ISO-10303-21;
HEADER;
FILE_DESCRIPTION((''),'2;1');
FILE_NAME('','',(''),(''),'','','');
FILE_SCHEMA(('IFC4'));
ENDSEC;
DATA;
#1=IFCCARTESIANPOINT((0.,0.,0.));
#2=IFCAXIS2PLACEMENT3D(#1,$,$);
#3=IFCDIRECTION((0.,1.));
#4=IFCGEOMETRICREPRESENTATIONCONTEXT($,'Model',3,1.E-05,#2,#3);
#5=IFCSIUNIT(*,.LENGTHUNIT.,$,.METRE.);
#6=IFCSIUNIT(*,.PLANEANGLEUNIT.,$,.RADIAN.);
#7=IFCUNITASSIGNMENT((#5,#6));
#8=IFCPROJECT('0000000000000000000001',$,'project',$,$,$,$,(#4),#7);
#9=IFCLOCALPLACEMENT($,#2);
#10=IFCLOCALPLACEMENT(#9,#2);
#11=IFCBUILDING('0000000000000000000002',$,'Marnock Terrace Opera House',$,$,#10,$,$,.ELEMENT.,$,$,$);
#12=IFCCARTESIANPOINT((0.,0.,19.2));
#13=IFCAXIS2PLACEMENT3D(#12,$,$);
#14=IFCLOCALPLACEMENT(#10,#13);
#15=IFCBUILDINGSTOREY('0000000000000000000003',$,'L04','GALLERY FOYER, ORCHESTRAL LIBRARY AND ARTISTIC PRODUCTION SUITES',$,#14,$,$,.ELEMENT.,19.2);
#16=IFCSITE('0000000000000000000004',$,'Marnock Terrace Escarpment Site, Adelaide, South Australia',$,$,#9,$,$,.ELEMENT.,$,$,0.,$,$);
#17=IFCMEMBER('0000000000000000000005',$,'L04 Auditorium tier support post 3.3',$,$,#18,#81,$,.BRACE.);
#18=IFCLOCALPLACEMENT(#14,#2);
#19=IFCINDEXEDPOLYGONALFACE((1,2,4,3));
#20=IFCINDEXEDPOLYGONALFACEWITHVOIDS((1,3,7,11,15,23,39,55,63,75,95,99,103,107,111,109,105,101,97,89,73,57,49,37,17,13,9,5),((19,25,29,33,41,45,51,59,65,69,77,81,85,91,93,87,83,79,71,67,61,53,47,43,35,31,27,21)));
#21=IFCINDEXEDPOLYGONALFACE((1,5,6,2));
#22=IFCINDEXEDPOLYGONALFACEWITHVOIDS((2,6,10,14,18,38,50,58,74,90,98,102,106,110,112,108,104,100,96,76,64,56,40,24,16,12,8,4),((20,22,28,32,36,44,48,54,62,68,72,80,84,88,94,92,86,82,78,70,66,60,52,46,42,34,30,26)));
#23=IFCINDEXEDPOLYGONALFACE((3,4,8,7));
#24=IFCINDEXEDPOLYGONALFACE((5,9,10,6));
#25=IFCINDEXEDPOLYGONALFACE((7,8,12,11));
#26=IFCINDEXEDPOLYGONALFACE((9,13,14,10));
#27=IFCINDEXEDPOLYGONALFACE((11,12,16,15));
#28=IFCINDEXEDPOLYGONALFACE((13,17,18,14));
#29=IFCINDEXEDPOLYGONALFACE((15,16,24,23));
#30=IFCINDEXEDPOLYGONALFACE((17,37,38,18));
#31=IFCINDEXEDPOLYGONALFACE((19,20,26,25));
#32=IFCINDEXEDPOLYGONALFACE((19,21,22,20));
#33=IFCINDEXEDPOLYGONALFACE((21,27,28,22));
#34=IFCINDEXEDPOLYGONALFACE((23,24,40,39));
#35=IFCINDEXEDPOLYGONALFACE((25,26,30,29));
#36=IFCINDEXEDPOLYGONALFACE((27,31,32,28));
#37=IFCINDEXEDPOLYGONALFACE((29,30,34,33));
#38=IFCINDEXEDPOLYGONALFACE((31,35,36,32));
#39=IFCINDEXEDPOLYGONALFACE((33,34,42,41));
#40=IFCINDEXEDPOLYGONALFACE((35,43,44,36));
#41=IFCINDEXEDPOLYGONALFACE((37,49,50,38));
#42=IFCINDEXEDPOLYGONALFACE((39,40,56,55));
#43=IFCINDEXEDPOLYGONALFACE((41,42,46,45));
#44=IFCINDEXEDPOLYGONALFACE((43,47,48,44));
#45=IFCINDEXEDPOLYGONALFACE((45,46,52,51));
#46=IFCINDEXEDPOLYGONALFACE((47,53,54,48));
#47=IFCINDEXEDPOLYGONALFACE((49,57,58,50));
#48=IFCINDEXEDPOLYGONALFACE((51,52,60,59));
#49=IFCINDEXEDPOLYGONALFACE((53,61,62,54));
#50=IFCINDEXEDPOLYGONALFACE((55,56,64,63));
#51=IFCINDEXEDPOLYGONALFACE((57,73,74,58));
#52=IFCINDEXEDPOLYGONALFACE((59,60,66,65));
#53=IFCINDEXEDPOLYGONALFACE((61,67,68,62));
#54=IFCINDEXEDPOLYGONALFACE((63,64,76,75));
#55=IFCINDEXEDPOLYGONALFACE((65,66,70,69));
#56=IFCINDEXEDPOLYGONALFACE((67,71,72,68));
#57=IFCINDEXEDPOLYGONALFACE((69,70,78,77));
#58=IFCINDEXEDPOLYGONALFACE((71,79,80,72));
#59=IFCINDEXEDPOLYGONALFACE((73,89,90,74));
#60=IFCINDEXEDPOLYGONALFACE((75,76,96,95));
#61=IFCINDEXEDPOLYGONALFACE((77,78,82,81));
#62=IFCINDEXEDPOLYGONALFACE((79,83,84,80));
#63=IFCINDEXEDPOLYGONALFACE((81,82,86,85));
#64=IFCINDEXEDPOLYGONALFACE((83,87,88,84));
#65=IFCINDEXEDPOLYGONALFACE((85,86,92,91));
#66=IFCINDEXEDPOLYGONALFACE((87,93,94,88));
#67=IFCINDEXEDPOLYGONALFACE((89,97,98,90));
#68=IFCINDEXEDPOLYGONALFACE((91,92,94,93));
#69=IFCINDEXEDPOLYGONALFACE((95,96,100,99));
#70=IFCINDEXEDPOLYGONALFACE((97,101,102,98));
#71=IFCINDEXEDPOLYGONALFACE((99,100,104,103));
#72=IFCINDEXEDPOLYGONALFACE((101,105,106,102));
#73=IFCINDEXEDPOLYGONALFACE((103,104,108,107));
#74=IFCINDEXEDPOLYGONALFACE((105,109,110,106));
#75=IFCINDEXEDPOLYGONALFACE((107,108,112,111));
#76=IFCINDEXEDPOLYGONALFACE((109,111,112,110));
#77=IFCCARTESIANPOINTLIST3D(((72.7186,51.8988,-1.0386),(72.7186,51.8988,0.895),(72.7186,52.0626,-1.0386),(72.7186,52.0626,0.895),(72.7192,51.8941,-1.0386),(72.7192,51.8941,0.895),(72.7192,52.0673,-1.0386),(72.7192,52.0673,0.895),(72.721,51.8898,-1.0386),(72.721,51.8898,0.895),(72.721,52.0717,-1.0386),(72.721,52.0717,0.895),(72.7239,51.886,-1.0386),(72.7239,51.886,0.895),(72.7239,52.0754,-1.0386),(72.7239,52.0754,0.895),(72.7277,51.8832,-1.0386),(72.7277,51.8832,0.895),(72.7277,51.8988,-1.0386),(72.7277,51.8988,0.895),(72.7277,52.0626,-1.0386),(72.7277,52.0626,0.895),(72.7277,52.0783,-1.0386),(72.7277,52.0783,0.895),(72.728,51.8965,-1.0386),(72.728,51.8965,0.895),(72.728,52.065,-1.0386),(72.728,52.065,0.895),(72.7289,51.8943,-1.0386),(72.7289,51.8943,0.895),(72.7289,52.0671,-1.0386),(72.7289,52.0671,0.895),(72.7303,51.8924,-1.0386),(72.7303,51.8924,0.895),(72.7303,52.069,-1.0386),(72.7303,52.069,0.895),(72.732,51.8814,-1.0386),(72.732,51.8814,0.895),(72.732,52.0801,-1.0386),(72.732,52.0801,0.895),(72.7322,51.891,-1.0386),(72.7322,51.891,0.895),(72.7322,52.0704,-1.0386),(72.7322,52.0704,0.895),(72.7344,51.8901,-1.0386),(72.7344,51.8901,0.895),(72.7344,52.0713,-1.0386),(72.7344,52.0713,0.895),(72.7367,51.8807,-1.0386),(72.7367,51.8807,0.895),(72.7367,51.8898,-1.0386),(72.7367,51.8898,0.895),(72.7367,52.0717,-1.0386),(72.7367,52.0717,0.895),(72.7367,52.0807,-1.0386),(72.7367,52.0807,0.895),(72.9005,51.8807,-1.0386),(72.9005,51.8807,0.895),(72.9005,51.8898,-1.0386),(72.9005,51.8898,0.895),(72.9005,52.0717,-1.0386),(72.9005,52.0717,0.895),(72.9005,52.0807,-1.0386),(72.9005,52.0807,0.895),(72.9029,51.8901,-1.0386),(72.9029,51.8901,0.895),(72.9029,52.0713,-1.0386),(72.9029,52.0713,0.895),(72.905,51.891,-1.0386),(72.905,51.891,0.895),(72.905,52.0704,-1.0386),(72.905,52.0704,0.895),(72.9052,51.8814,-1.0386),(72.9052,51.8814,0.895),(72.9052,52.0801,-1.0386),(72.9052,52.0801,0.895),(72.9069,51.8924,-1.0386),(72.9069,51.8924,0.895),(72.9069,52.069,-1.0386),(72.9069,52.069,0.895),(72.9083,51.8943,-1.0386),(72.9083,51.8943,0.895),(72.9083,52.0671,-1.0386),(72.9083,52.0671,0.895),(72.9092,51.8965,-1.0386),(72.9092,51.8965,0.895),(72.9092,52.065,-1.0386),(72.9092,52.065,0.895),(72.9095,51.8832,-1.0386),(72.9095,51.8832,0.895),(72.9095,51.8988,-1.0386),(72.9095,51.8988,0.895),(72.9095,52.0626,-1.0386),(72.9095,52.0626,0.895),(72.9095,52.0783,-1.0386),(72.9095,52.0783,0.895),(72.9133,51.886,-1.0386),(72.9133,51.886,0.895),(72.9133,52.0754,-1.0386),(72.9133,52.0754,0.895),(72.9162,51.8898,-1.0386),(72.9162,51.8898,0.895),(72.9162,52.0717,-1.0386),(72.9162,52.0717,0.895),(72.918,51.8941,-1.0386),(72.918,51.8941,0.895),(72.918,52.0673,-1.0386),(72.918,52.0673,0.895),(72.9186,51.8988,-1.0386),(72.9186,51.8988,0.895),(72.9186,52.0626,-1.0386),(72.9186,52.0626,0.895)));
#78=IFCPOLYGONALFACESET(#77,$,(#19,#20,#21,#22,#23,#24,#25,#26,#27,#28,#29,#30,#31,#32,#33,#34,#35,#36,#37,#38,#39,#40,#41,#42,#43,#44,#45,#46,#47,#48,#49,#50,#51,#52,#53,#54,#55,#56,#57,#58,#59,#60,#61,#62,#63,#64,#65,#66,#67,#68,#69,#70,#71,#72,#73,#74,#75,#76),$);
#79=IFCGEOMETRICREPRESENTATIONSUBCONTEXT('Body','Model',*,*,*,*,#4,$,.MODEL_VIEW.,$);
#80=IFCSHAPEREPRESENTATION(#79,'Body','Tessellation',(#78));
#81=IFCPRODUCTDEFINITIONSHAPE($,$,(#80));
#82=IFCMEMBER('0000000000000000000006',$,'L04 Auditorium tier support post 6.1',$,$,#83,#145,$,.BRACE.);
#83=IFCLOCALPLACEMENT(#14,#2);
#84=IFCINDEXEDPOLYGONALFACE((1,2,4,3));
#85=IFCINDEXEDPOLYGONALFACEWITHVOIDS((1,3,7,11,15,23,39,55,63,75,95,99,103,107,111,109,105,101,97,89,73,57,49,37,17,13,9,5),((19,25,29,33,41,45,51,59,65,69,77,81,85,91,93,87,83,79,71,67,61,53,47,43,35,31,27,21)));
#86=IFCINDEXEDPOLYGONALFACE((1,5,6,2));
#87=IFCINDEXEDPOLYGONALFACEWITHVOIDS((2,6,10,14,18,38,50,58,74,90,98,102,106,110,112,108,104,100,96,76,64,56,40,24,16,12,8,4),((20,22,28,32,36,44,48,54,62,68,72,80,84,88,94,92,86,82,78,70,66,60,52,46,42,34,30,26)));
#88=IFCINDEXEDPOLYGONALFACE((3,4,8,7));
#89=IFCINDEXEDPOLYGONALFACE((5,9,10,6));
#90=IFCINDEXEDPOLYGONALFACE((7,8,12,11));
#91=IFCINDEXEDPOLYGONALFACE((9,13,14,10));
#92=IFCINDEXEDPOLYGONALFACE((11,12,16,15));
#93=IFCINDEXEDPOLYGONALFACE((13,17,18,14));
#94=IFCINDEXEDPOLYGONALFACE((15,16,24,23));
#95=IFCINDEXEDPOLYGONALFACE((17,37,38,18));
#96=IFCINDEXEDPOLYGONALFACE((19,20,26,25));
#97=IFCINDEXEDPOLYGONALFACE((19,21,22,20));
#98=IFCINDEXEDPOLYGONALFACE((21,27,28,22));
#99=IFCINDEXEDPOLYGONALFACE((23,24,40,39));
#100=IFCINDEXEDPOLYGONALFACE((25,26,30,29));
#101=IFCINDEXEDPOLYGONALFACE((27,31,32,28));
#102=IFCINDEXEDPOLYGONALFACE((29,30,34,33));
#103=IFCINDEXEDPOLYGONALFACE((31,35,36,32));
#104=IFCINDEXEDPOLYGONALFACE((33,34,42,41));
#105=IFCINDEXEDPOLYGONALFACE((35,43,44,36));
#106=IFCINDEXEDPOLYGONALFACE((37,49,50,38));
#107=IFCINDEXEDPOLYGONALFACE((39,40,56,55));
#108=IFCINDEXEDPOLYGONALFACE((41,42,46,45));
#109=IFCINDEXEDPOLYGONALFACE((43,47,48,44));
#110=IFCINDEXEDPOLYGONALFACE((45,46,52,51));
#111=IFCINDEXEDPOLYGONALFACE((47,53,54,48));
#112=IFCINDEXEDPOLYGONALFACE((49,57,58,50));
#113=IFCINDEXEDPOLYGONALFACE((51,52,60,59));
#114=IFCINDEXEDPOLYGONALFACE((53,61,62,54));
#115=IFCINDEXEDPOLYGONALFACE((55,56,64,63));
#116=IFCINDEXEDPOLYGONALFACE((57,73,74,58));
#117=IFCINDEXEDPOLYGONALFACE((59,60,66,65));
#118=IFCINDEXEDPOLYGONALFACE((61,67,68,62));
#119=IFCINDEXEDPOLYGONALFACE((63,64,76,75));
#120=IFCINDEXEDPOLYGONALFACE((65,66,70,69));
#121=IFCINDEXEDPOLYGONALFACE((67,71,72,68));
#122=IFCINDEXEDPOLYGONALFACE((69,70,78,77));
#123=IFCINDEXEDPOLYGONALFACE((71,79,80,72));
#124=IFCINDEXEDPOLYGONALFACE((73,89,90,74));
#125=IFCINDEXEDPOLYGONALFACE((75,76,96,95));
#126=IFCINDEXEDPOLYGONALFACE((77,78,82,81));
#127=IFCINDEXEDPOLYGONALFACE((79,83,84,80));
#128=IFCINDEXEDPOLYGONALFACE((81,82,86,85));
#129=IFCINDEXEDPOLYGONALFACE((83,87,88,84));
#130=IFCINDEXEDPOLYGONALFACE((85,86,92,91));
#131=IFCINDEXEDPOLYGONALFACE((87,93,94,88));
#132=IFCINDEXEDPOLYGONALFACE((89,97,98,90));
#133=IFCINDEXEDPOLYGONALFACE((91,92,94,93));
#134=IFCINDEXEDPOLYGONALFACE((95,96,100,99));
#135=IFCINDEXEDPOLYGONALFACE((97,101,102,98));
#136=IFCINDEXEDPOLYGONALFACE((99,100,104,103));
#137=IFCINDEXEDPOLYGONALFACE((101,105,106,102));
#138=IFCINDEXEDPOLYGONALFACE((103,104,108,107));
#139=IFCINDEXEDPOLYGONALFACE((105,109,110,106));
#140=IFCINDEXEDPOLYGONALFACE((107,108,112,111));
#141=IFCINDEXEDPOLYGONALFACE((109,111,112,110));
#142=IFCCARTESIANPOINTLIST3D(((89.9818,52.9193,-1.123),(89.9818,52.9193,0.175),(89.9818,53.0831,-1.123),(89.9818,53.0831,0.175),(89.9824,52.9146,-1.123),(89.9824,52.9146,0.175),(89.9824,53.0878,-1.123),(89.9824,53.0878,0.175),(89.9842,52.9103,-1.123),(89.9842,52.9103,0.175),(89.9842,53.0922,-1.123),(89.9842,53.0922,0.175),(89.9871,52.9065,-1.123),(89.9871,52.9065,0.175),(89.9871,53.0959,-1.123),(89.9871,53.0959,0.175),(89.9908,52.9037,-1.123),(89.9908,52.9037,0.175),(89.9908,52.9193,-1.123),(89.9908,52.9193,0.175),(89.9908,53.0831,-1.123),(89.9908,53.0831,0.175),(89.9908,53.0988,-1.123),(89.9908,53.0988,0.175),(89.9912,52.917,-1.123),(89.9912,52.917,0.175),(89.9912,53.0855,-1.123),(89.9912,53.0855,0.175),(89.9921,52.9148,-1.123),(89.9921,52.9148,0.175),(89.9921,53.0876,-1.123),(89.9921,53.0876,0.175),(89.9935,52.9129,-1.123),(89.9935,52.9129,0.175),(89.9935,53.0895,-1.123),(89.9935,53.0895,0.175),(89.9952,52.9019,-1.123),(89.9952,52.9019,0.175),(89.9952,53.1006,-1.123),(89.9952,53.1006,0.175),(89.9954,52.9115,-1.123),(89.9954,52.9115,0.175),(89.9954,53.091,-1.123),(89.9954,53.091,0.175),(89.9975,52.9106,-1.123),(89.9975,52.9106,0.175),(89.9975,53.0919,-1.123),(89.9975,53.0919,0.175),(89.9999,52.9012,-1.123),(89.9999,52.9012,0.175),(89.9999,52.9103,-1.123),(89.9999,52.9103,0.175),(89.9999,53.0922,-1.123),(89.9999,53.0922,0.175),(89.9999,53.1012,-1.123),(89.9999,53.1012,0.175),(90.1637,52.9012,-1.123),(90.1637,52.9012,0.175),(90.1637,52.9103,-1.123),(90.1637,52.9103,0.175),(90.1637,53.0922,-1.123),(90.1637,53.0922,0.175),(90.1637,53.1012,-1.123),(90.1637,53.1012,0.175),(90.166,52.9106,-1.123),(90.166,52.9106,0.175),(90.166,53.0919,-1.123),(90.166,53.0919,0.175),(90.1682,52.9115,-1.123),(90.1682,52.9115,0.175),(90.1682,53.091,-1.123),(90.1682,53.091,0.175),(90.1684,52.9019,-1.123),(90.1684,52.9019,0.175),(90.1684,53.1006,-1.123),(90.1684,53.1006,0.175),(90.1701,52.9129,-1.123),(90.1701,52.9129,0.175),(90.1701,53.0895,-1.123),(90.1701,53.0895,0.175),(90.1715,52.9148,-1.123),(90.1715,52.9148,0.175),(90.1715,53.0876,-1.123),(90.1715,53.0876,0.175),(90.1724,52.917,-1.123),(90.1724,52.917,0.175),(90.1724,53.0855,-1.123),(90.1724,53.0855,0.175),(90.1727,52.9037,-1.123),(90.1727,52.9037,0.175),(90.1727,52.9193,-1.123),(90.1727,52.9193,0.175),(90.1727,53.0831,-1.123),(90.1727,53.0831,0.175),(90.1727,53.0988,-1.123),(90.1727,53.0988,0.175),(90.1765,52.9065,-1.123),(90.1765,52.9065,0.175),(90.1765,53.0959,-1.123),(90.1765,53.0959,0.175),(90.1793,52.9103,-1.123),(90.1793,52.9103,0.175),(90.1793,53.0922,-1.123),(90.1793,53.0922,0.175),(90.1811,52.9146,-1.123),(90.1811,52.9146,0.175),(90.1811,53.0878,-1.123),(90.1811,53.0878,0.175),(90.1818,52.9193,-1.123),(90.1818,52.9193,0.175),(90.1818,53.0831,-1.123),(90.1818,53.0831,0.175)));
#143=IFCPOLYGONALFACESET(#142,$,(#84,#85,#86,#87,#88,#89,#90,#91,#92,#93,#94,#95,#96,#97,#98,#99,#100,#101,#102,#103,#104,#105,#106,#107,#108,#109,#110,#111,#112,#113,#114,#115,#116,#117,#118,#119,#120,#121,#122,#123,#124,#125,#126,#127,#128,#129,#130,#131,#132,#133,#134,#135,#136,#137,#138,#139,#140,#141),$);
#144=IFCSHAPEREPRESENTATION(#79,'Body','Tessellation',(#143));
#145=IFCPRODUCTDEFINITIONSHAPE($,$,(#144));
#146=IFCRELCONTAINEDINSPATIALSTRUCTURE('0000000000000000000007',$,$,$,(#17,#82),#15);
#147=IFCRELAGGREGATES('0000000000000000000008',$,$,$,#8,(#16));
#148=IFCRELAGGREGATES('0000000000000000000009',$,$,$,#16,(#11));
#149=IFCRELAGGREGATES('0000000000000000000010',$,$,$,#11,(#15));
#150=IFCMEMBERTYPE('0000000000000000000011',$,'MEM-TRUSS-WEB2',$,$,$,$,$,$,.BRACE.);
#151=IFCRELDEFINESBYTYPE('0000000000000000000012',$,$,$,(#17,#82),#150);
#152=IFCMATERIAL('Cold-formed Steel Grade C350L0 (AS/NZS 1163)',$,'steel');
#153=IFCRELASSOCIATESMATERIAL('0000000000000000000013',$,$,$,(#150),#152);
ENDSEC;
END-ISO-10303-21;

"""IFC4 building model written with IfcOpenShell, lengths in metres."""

from ifc_helpers import new_model, si_unit, direction, frame, origin, origin_2d, place, context, subcontext, project, spatial, hollow_rectangle, extrude, material, material_profile, profile_set, type_object, element, save


model = new_model("IFC4")

# Units and contexts
model_context = context("Model", 3, precision=1e-05, world=origin(), true_north=direction((0.0, 1.0)))
body_context = subcontext(model_context, "Body", "Model", "MODEL_VIEW")
ifc_project = project(units=[si_unit("LENGTHUNIT", "METRE"), si_unit("PLANEANGLEUNIT", "RADIAN")], contexts=[model_context])

# Site, building, storey
site_placement = place(None, origin())
site = spatial("IfcSite", under=ifc_project, at=site_placement, Name="Marnock Terrace Escarpment Site, Adelaide, South Australia", CompositionType="ELEMENT", RefElevation=0.0)
building_placement = place(site_placement, origin())
building = spatial("IfcBuilding", under=site, at=building_placement, Name="Marnock Terrace Opera House", CompositionType="ELEMENT")
storey_placement = place(building_placement, frame((0.0, 0.0, 19.2)))
storey = spatial("IfcBuildingStorey", under=building, at=storey_placement, Name="L04", Description="GALLERY FOYER, ORCHESTRAL LIBRARY AND ARTISTIC PRODUCTION SUITES", CompositionType="ELEMENT", Elevation=19.2)

# Members
ifc_material_1 = material(Name="Cold-formed Steel Grade C350L0 (AS/NZS 1163)", Category="steel")
ifc_material_profile_1 = material_profile(ifc_material_1, hollow_rectangle(XDim=0.2, YDim=0.2, WallThickness=0.009, InnerFilletRadius=0.009, OuterFilletRadius=0.0181, at=origin_2d()))
ifc_profile_set_1 = profile_set([ifc_material_profile_1], Name="Cold-formed Steel Grade C350L0 (AS/NZS 1163)")
member_type = type_object("IfcMemberType", Name="MEM-TRUSS-WEB2", PredefinedType="BRACE", material=ifc_profile_set_1)
member_1_placement = place(storey_placement, frame((72.8186, 51.9807, -1.0386), z_axis=(0.0, 0.0, 1.0), x_axis=(1.0, 0.0, 0.0)))
element("IfcMember", 1, at=member_1_placement, inside=storey, type_object=member_type, Name="L04 Auditorium tier support post 3.3", PredefinedType="BRACE", context=body_context, shape_type="SweptSolid", body=[
    extrude(hollow_rectangle(XDim=0.2, YDim=0.2, WallThickness=0.009, InnerFilletRadius=0.009, OuterFilletRadius=0.0181, at=origin_2d()), origin(), (0.0, 0.0, 1.0), 1.9336),
])
member_2_placement = place(storey_placement, frame((90.0818, 53.0012, -1.123), z_axis=(0.0, 0.0, 1.0), x_axis=(1.0, 0.0, 0.0)))
element("IfcMember", 2, at=member_2_placement, inside=storey, type_object=member_type, Name="L04 Auditorium tier support post 6.1", PredefinedType="BRACE", context=body_context, shape_type="SweptSolid", body=[
    extrude(hollow_rectangle(XDim=0.2, YDim=0.2, WallThickness=0.009, InnerFilletRadius=0.009, OuterFilletRadius=0.0181, at=origin_2d()), origin(), (0.0, 0.0, 1.0), 1.2981),
])

save(model, "model.ifc")
